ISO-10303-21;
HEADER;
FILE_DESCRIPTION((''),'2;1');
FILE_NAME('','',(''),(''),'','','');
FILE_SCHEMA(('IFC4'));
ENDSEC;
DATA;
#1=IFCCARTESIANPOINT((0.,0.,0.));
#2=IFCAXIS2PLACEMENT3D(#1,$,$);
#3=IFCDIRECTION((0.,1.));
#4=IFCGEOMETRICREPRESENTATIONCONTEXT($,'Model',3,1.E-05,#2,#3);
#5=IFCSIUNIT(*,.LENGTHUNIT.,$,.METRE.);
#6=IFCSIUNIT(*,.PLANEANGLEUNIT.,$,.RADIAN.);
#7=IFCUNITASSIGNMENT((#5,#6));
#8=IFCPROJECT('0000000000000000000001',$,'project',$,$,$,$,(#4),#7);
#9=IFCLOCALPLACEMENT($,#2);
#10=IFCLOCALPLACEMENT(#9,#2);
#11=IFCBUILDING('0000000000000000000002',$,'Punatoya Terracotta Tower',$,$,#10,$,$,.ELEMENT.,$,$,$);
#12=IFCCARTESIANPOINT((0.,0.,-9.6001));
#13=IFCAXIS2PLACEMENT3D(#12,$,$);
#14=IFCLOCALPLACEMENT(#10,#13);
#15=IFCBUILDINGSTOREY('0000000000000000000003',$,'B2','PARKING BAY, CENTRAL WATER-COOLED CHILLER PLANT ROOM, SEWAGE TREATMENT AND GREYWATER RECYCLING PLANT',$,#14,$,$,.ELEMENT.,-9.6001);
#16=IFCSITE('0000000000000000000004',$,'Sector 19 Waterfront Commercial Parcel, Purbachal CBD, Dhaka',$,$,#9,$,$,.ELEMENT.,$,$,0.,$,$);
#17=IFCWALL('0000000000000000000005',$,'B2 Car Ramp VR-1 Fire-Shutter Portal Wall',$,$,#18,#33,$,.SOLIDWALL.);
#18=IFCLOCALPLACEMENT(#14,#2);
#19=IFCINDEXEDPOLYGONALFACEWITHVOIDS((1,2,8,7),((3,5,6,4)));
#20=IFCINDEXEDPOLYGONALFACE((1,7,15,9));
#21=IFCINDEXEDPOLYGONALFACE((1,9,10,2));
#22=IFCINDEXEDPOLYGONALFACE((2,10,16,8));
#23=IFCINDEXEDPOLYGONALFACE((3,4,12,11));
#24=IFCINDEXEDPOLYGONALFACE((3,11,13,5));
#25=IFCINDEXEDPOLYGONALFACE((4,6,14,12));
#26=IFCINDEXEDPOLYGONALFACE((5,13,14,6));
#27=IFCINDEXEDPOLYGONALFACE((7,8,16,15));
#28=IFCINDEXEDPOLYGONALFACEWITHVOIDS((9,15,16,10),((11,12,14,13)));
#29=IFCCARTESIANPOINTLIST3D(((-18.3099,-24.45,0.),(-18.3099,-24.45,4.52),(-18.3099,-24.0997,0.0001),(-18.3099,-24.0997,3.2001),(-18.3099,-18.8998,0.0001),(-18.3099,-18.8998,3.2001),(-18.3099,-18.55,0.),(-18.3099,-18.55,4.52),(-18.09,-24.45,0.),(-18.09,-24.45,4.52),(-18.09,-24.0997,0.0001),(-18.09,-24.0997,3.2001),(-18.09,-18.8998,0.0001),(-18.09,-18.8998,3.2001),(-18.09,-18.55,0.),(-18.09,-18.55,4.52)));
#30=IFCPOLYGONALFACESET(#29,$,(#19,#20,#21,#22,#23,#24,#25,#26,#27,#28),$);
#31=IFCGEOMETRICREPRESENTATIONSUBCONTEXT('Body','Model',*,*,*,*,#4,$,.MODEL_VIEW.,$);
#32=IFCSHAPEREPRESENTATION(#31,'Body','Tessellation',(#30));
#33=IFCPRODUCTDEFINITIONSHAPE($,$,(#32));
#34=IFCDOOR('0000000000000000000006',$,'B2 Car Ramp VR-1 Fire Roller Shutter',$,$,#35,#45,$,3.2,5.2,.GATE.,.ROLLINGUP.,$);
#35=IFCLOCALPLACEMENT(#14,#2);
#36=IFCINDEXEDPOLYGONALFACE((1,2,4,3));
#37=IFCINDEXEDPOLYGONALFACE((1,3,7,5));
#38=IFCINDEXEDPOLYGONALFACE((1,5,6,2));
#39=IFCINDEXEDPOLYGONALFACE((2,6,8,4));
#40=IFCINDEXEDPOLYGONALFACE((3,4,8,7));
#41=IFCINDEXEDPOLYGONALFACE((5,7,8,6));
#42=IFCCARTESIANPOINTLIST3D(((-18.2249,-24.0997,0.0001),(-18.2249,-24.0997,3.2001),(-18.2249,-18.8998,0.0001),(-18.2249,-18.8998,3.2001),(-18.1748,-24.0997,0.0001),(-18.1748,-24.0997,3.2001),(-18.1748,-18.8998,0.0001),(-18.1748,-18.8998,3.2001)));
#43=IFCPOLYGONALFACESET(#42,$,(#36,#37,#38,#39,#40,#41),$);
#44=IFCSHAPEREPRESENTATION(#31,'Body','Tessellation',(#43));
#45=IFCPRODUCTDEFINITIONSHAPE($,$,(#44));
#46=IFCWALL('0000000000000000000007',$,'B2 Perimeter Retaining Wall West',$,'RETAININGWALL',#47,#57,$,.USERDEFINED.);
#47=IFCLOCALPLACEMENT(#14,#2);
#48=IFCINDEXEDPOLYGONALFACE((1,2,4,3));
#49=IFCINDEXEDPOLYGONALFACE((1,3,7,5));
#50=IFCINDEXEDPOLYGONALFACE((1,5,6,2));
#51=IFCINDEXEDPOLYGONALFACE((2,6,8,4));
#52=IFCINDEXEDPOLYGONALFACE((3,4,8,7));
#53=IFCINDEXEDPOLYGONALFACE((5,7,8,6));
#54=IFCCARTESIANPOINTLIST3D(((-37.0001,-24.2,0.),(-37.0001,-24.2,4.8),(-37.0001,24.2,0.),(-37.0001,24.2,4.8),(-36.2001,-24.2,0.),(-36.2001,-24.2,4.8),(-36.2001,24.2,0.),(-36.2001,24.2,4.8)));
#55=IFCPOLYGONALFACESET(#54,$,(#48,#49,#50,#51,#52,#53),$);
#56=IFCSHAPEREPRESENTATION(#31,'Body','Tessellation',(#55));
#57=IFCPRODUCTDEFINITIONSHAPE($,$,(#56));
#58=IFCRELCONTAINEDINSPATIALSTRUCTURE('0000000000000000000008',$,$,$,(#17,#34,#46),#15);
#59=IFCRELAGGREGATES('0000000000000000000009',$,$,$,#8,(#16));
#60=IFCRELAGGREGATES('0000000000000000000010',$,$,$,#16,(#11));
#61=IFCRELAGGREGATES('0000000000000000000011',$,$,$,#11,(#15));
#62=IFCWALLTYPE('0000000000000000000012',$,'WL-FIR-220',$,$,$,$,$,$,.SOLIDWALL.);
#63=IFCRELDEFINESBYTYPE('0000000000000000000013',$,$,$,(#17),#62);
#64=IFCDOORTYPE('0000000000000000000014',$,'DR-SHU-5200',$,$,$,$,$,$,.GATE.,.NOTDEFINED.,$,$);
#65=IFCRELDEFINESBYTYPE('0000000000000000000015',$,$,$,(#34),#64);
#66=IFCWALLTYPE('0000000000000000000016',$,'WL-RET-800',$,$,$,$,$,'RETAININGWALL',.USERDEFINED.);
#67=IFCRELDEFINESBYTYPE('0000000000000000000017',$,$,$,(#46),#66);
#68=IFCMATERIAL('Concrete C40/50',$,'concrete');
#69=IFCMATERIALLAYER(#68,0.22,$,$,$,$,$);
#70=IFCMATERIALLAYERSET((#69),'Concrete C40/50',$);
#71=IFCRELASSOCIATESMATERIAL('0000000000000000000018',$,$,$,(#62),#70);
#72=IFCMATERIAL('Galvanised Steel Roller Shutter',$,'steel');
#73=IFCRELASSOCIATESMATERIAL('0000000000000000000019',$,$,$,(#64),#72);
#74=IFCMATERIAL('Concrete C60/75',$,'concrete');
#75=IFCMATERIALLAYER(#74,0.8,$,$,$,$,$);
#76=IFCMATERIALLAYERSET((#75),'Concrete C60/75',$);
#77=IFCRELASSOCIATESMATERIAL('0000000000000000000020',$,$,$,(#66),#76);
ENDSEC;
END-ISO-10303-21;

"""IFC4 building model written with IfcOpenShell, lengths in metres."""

from ifc_helpers import new_model, si_unit, direction, frame, frame_2d, origin, place, context, subcontext, project, spatial, rectangle, extrude, material, layer, layer_set, type_object, element, fill, save


model = new_model("IFC4")

# Units and contexts
model_context = context("Model", 3, precision=1e-05, world=origin(), true_north=direction((0.0, 1.0)))
body_context = subcontext(model_context, "Body", "Model", "MODEL_VIEW")
ifc_project = project(units=[si_unit("LENGTHUNIT", "METRE"), si_unit("PLANEANGLEUNIT", "RADIAN")], contexts=[model_context])

# Site, building, storey
site_placement = place(None, origin())
site = spatial("IfcSite", under=ifc_project, at=site_placement, Name="Sector 19 Waterfront Commercial Parcel, Purbachal CBD, Dhaka", CompositionType="ELEMENT", RefElevation=0.0)
building_placement = place(site_placement, origin())
building = spatial("IfcBuilding", under=site, at=building_placement, Name="Punatoya Terracotta Tower", CompositionType="ELEMENT")
storey_placement = place(building_placement, frame((0.0, 0.0, -9.6001)))
storey = spatial("IfcBuildingStorey", under=building, at=storey_placement, Name="B2", Description="PARKING BAY, CENTRAL WATER-COOLED CHILLER PLANT ROOM, SEWAGE TREATMENT AND GREYWATER RECYCLING PLANT", CompositionType="ELEMENT", Elevation=-9.6001)

# Shared definitions
ifc_material_1 = material(Name="Concrete C60/75", Category="concrete")

# Shared definitions
ifc_material_2 = material(Name="Concrete C40/50", Category="concrete")

# Wall, opening, door
ifc_layer_1 = layer(ifc_material_2, 0.22)
ifc_layer_set_1 = layer_set([ifc_layer_1], Name="Concrete C40/50")
wall_type_1 = type_object("IfcWallType", Name="WL-FIR-220", PredefinedType="SOLIDWALL", material=ifc_layer_set_1)
wall_1_placement = place(storey_placement, frame((-18.2, -24.45, 0.0), z_axis=(0.0, 0.0, 1.0), x_axis=(0.0, 1.0, 0.0)))
wall_1 = element("IfcWall", 1, at=wall_1_placement, inside=storey, type_object=wall_type_1, Name="B2 Car Ramp VR-1 Fire-Shutter Portal Wall", PredefinedType="SOLIDWALL", context=body_context, shape_type="SweptSolid", body=[
    extrude(rectangle(XDim=5.8999, YDim=0.22, at=frame_2d((2.95, 0.0))), origin(), (0.0, 0.0, 1.0), 4.52),
])
opening_placement = place(wall_1_placement, frame((0.3501, 0.0, 0.0)))
opening = element("IfcOpeningElement", 2, at=opening_placement, cuts=wall_1, PredefinedType="OPENING", context=body_context, shape_type="SweptSolid", body=[
    extrude(rectangle(XDim=5.2, YDim=3.2, at=frame_2d((2.6001, 1.6001))), frame((0.0, 0.1199, 0.0), z_axis=(0.0, -1.0, 0.0), x_axis=(1.0, 0.0, 0.0)), (0.0, 0.0, 1.0), 0.24),
])
ifc_material_3 = material(Name="Galvanised Steel Roller Shutter", Category="steel")
door_type = type_object("IfcDoorType", Name="DR-SHU-5200", OperationType="NOTDEFINED", PredefinedType="GATE", material=ifc_material_3)
door_placement = place(opening_placement, origin())
door = element("IfcDoor", 3, at=door_placement, inside=storey, type_object=door_type, Name="B2 Car Ramp VR-1 Fire Roller Shutter", OperationType="ROLLINGUP", OverallHeight=3.2, OverallWidth=5.2, PredefinedType="GATE", context=body_context, shape_type="SweptSolid", body=[
    extrude(rectangle(XDim=5.2, YDim=3.2, at=frame_2d((2.6001, 1.6001))), frame((0.0, 0.0249, 0.0), z_axis=(0.0, -1.0, 0.0), x_axis=(1.0, 0.0, 0.0)), (0.0, 0.0, 1.0), 0.05),
])
fill(opening, door)

# Wall
ifc_layer_2 = layer(ifc_material_1, 0.8)
ifc_layer_set_2 = layer_set([ifc_layer_2], Name="Concrete C60/75")
wall_type_2 = type_object("IfcWallType", Name="WL-RET-800", ElementType="RETAININGWALL", PredefinedType="USERDEFINED", material=ifc_layer_set_2)
wall_2_placement = place(storey_placement, frame((-36.6001, -24.2, 0.0), z_axis=(0.0, 0.0, 1.0), x_axis=(0.0, 1.0, 0.0)))
element("IfcWall", 4, at=wall_2_placement, inside=storey, type_object=wall_type_2, Name="B2 Perimeter Retaining Wall West", ObjectType="RETAININGWALL", PredefinedType="USERDEFINED", context=body_context, shape_type="SweptSolid", body=[
    extrude(rectangle(XDim=48.3999, YDim=0.8, at=frame_2d((24.2, 0.0))), origin(), (0.0, 0.0, 1.0), 4.8),
])

save(model, "model.ifc")
